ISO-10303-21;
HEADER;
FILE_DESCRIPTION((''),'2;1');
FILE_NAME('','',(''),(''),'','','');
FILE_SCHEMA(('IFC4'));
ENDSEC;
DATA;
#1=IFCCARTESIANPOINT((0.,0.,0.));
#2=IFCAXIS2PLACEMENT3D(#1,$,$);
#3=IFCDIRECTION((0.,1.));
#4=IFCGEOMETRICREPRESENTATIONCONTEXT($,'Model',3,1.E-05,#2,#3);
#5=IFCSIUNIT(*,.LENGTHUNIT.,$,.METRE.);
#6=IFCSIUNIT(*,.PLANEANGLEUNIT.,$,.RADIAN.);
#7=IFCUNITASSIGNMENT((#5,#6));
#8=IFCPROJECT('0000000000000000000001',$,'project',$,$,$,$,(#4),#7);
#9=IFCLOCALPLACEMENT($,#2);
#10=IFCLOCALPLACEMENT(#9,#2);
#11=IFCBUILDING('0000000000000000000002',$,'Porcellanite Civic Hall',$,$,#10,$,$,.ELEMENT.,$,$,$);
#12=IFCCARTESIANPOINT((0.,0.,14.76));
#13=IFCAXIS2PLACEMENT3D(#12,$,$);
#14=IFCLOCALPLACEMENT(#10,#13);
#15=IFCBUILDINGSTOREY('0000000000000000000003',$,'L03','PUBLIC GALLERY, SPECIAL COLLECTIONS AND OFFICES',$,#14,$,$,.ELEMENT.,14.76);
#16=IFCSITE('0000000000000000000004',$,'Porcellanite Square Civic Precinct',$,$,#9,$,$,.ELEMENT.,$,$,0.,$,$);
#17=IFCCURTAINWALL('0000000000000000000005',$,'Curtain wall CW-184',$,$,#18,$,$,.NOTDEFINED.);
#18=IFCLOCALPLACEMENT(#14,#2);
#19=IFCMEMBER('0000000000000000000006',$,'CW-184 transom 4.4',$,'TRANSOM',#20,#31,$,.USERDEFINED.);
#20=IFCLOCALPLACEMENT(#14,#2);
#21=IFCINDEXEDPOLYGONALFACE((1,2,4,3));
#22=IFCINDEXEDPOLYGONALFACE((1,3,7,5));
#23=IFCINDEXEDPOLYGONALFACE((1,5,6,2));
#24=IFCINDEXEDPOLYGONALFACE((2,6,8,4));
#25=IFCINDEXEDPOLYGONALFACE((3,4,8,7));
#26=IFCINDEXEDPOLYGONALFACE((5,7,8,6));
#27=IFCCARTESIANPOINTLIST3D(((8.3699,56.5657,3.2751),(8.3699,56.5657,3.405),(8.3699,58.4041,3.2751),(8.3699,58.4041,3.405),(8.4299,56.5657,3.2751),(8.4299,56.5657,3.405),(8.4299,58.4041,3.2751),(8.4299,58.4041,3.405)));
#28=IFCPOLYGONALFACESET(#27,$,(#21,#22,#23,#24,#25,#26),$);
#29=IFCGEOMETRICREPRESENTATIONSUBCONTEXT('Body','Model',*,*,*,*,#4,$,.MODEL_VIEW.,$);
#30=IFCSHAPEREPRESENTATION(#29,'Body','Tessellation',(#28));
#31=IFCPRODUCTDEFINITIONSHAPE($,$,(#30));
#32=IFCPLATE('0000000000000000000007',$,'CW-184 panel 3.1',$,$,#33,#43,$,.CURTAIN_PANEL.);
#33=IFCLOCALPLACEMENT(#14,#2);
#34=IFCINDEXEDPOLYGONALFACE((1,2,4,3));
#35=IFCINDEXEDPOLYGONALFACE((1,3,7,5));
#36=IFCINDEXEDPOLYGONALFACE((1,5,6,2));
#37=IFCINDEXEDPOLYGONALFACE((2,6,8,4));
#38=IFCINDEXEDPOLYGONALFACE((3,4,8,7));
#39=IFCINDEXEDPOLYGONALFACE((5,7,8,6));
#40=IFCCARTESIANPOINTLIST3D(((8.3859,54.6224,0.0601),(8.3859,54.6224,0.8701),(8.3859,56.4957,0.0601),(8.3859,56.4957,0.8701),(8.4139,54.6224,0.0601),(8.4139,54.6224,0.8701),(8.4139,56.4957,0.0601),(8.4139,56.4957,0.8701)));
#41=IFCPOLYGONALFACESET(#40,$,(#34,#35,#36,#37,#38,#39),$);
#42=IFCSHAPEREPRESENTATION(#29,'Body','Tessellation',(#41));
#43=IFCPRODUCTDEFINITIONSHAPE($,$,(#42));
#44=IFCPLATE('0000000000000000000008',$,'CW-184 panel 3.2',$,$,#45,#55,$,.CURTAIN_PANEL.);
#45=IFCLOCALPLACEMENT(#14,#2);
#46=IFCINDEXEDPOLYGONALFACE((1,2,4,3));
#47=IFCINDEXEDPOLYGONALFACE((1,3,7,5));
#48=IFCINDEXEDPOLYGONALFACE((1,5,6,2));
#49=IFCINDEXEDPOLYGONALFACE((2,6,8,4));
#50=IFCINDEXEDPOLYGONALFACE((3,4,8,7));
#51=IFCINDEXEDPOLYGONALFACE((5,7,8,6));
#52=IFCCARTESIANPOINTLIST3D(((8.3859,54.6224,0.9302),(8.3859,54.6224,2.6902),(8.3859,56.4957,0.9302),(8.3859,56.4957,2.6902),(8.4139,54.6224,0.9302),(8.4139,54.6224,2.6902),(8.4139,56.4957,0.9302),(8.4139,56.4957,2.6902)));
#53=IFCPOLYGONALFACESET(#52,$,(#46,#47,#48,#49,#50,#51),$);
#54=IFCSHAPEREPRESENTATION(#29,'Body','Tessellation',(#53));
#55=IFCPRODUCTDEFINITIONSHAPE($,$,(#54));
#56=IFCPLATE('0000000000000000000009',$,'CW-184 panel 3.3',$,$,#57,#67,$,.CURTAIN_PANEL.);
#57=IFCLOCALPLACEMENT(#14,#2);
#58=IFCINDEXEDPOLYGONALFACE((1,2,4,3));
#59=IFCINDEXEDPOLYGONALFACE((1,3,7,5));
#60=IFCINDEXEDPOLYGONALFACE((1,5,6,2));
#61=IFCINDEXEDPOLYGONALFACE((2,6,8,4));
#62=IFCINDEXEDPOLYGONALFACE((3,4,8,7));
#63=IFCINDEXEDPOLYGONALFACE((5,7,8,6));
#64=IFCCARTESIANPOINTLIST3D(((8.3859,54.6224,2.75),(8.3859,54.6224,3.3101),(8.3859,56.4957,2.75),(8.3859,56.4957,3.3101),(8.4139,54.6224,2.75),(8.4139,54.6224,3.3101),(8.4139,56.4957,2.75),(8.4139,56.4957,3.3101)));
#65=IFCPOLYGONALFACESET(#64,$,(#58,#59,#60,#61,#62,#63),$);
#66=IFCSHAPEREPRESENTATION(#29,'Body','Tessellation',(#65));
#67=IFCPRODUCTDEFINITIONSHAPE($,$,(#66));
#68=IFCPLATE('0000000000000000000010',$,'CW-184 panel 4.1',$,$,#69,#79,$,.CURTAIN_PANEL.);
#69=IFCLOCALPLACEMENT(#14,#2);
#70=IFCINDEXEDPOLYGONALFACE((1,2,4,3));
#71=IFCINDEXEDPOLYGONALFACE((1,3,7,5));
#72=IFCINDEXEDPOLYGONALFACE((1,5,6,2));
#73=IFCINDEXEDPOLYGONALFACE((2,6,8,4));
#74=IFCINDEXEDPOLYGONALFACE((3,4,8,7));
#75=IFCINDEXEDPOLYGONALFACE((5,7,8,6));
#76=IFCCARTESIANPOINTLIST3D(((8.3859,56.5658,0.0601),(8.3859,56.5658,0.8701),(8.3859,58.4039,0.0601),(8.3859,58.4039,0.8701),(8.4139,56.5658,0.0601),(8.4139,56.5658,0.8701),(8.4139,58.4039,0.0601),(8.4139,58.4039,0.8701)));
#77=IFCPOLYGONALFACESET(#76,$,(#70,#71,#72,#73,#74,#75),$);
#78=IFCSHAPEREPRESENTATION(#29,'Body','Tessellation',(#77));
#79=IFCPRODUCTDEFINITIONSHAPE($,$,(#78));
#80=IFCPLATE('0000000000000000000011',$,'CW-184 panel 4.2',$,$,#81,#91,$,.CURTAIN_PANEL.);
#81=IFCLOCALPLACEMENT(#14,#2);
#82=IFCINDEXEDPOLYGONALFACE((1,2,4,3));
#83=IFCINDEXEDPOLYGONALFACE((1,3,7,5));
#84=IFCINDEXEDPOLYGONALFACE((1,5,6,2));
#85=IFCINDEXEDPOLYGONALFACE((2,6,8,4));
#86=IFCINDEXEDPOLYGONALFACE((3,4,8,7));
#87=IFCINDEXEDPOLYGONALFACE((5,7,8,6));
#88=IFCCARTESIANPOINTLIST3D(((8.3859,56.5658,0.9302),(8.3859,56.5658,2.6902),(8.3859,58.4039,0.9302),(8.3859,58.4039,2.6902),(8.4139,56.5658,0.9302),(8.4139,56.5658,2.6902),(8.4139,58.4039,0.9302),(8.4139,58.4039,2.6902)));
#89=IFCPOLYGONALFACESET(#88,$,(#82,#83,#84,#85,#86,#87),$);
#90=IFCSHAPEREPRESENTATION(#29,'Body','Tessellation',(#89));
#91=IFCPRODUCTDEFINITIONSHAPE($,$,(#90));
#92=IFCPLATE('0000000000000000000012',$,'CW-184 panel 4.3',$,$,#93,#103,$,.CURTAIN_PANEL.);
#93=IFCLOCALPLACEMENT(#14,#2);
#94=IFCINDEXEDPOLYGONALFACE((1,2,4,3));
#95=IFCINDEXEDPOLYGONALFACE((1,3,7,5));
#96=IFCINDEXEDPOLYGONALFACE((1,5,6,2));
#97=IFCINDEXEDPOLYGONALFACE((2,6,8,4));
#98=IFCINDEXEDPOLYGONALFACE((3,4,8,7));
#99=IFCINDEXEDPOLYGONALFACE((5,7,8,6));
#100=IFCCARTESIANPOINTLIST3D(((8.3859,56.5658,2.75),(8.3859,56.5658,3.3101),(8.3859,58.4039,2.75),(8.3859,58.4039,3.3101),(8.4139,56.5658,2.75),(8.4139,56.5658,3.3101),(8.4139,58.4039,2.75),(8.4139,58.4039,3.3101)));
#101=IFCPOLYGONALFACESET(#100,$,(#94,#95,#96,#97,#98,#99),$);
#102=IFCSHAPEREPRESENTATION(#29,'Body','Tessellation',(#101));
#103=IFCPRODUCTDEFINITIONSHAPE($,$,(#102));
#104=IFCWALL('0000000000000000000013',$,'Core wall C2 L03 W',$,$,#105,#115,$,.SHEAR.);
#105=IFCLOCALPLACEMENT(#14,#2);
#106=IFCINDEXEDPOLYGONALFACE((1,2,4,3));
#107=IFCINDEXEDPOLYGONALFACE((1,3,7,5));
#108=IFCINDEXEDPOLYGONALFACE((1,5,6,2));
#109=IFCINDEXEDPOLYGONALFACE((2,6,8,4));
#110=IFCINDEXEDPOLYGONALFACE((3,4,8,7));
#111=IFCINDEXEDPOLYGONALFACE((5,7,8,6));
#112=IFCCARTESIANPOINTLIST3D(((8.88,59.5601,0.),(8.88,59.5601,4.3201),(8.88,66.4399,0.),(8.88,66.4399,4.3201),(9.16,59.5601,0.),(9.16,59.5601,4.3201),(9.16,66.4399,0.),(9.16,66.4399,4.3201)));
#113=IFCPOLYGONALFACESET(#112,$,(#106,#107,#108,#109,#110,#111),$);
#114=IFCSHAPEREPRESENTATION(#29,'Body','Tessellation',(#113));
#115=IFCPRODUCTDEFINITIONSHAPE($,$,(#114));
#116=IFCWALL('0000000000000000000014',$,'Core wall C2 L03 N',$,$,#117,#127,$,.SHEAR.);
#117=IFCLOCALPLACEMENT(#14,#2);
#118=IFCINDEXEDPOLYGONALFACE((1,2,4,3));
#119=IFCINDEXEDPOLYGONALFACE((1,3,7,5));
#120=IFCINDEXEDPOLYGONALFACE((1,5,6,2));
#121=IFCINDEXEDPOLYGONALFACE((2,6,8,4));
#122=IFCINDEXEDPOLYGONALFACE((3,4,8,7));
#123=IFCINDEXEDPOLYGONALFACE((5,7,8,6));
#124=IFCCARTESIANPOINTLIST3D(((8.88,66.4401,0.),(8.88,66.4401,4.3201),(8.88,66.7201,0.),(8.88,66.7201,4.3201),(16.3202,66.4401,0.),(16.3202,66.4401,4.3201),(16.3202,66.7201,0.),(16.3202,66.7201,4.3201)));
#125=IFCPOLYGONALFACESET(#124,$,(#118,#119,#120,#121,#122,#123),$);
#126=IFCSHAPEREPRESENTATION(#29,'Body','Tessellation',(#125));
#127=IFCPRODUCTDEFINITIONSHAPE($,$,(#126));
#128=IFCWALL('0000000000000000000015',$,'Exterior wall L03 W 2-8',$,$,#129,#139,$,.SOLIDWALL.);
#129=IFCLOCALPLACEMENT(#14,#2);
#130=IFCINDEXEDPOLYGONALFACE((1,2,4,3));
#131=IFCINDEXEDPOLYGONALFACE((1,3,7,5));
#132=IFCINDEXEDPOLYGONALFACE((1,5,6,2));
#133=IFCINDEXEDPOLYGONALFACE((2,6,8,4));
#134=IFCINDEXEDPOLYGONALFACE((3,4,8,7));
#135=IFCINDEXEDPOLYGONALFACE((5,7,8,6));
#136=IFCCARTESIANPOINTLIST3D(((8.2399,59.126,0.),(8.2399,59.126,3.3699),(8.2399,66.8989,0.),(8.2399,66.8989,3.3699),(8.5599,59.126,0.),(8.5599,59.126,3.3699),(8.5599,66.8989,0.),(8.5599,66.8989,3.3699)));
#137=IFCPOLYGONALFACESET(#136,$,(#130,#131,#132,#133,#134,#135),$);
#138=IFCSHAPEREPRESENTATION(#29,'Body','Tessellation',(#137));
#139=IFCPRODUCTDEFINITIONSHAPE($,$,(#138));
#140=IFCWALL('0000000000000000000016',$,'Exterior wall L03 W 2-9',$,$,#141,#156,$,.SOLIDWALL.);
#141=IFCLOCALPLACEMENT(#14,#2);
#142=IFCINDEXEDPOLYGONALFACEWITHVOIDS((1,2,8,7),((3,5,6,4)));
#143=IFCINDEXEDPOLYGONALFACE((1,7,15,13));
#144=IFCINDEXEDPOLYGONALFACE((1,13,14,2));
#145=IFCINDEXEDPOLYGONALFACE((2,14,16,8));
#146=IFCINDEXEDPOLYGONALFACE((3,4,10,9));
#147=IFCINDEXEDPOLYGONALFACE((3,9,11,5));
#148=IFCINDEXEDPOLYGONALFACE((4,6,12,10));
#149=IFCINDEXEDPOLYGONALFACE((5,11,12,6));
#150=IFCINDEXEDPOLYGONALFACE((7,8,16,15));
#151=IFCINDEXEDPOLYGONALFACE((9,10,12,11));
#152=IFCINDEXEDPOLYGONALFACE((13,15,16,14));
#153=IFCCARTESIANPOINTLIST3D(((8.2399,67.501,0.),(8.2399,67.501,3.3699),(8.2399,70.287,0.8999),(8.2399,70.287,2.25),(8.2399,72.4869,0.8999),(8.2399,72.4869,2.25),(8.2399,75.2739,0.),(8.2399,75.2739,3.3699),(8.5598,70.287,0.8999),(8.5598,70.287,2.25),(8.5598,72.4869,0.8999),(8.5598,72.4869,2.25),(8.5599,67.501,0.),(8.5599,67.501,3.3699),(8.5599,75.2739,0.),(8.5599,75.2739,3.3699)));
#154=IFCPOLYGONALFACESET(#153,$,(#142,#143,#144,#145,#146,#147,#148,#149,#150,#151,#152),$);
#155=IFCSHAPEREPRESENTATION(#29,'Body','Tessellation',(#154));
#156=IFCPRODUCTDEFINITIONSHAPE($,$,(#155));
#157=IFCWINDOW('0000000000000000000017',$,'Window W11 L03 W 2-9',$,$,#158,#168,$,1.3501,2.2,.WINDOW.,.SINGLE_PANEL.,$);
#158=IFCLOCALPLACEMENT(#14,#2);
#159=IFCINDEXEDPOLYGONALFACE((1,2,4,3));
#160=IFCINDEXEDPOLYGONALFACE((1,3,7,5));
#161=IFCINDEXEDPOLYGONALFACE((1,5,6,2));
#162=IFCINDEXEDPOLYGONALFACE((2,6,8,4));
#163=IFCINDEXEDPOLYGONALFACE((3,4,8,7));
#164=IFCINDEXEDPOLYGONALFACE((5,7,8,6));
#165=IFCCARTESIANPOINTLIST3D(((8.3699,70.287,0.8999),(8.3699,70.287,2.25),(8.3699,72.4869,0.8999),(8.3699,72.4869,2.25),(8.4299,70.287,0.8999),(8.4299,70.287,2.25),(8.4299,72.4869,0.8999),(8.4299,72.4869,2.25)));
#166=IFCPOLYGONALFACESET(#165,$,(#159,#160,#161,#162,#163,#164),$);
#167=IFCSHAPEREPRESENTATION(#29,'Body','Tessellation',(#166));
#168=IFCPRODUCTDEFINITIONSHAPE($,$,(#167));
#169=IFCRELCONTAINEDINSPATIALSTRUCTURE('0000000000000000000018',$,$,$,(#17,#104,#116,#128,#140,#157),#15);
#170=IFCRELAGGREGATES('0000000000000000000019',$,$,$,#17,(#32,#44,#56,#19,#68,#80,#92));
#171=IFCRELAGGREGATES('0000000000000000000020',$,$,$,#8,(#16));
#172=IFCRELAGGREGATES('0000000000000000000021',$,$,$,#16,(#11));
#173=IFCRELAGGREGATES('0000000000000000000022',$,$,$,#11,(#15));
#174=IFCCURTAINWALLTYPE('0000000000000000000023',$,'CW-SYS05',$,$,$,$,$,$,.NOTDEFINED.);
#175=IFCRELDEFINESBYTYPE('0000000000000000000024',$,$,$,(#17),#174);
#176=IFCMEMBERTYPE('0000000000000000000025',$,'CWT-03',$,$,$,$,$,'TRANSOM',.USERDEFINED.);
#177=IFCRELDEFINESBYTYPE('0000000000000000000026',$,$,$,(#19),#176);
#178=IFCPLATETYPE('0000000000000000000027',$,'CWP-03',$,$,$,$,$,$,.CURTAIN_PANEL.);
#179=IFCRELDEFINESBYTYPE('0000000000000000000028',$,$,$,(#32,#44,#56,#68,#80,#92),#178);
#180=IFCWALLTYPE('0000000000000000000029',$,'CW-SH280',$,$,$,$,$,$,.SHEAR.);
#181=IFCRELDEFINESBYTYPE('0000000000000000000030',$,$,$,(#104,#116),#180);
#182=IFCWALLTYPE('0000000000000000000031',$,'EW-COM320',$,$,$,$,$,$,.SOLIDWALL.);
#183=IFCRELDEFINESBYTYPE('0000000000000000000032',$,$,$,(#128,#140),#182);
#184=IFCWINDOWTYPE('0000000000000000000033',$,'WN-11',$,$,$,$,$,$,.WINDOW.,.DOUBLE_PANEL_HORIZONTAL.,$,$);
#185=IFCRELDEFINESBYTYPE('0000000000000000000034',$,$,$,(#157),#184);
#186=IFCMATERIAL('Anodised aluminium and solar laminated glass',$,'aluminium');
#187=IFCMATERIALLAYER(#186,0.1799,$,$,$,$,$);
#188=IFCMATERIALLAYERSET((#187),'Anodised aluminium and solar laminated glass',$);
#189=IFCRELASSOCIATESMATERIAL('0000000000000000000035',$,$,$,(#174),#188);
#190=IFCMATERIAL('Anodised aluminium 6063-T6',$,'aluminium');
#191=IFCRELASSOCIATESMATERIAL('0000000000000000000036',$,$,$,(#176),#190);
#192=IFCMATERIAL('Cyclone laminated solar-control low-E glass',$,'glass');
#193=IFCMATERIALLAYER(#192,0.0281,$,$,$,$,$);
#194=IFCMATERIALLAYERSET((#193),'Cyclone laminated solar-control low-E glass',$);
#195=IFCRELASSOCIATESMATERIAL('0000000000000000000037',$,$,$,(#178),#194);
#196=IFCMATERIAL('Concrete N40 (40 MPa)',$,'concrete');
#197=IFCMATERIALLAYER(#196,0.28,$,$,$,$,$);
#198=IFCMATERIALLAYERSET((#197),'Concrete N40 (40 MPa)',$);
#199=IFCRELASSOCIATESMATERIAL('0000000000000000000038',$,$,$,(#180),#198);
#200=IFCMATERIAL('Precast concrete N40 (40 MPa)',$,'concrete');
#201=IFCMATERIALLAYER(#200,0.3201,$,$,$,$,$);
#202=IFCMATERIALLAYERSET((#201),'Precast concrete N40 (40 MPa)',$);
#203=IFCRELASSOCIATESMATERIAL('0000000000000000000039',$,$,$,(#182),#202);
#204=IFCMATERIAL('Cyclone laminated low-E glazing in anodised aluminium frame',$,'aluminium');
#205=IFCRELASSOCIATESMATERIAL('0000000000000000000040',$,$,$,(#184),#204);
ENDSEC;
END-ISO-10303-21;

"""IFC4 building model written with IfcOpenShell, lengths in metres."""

from ifc_helpers import new_model, si_unit, direction, frame, frame_2d, origin, origin_2d, place, context, subcontext, project, spatial, rectangle, extrude, material, layer, layer_set, material_profile, profile_set, type_object, element, fill, aggregate, save


model = new_model("IFC4")

# Units and contexts
model_context = context("Model", 3, precision=1e-05, world=origin(), true_north=direction((0.0, 1.0)))
body_context = subcontext(model_context, "Body", "Model", "MODEL_VIEW")
ifc_project = project(units=[si_unit("LENGTHUNIT", "METRE"), si_unit("PLANEANGLEUNIT", "RADIAN")], contexts=[model_context])

# Site, building, storey
site_placement = place(None, origin())
site = spatial("IfcSite", under=ifc_project, at=site_placement, Name="Porcellanite Square Civic Precinct", CompositionType="ELEMENT", RefElevation=0.0)
building_placement = place(site_placement, origin())
building = spatial("IfcBuilding", under=site, at=building_placement, Name="Porcellanite Civic Hall", CompositionType="ELEMENT")
storey_placement = place(building_placement, frame((0.0, 0.0, 14.76)))
storey = spatial("IfcBuildingStorey", under=building, at=storey_placement, Name="L03", Description="PUBLIC GALLERY, SPECIAL COLLECTIONS AND OFFICES", CompositionType="ELEMENT", Elevation=14.76)

# Curtain wall, member, plates
ifc_material_1 = material(Name="Anodised aluminium and solar laminated glass", Category="aluminium")
ifc_layer_1 = layer(ifc_material_1, 0.1799)
ifc_layer_set_1 = layer_set([ifc_layer_1], Name="Anodised aluminium and solar laminated glass")
curtain_wall_type = type_object("IfcCurtainWallType", Name="CW-SYS05", PredefinedType="NOTDEFINED", material=ifc_layer_set_1)
curtain_wall_placement = place(storey_placement, origin())
curtain_wall = element("IfcCurtainWall", 1, at=curtain_wall_placement, inside=storey, type_object=curtain_wall_type, Name="Curtain wall CW-184", PredefinedType="NOTDEFINED")
ifc_material_2 = material(Name="Anodised aluminium 6063-T6", Category="aluminium")
ifc_material_profile_1 = material_profile(ifc_material_2, rectangle(XDim=0.0601, YDim=0.1299, at=origin_2d()), Name="AL-60x130")
ifc_profile_set_1 = profile_set([ifc_material_profile_1], Name="Anodised aluminium 6063-T6")
member_type_1 = type_object("IfcMemberType", Name="CWT-03", ElementType="TRANSOM", PredefinedType="USERDEFINED", material=ifc_profile_set_1)
member_1_placement = place(storey_placement, frame((8.3999, 56.5657, 3.3401), z_axis=(0.0, 1.0, 0.0), x_axis=(-1.0, 0.0, 0.0)))
member_1 = element("IfcMember", 2, at=member_1_placement, type_object=member_type_1, Name="CW-184 transom 4.4", ObjectType="TRANSOM", PredefinedType="USERDEFINED", context=body_context, shape_type="SweptSolid", body=[
    extrude(rectangle(XDim=0.0601, YDim=0.1299, at=origin_2d()), origin(), (0.0, 0.0, 1.0), 1.8384),
])
ifc_material_3 = material(Name="Cyclone laminated solar-control low-E glass", Category="glass")
ifc_layer_2 = layer(ifc_material_3, 0.0281)
ifc_layer_set_2 = layer_set([ifc_layer_2], Name="Cyclone laminated solar-control low-E glass")
plate_type = type_object("IfcPlateType", Name="CWP-03", PredefinedType="CURTAIN_PANEL", material=ifc_layer_set_2)
plate_1_placement = place(storey_placement, frame((8.3999, 55.5591, 0.0601), z_axis=(0.0, 0.0, 1.0), x_axis=(0.0, 1.0, 0.0)))
plate_1 = element("IfcPlate", 3, at=plate_1_placement, type_object=plate_type, Name="CW-184 panel 3.1", PredefinedType="CURTAIN_PANEL", context=body_context, shape_type="SweptSolid", body=[
    extrude(rectangle(XDim=1.8733, YDim=0.0281, at=origin_2d()), origin(), (0.0, 0.0, 1.0), 0.8101),
])
plate_2_placement = place(storey_placement, frame((8.3999, 55.5591, 0.9302), z_axis=(0.0, 0.0, 1.0), x_axis=(0.0, 1.0, 0.0)))
plate_2 = element("IfcPlate", 4, at=plate_2_placement, type_object=plate_type, Name="CW-184 panel 3.2", PredefinedType="CURTAIN_PANEL", context=body_context, shape_type="SweptSolid", body=[
    extrude(rectangle(XDim=1.8733, YDim=0.0281, at=origin_2d()), origin(), (0.0, 0.0, 1.0), 1.76),
])
plate_3_placement = place(storey_placement, frame((8.3999, 55.5591, 2.75), z_axis=(0.0, 0.0, 1.0), x_axis=(0.0, 1.0, 0.0)))
plate_3 = element("IfcPlate", 5, at=plate_3_placement, type_object=plate_type, Name="CW-184 panel 3.3", PredefinedType="CURTAIN_PANEL", context=body_context, shape_type="SweptSolid", body=[
    extrude(rectangle(XDim=1.8733, YDim=0.0281, at=origin_2d()), origin(), (0.0, 0.0, 1.0), 0.5601),
])
plate_4_placement = place(storey_placement, frame((8.3999, 57.4849, 0.0601), z_axis=(0.0, 0.0, 1.0), x_axis=(0.0, 1.0, 0.0)))
plate_4 = element("IfcPlate", 6, at=plate_4_placement, type_object=plate_type, Name="CW-184 panel 4.1", PredefinedType="CURTAIN_PANEL", context=body_context, shape_type="SweptSolid", body=[
    extrude(rectangle(XDim=1.8381, YDim=0.0281, at=origin_2d()), origin(), (0.0, 0.0, 1.0), 0.8101),
])
plate_5_placement = place(storey_placement, frame((8.3999, 57.4849, 0.9302), z_axis=(0.0, 0.0, 1.0), x_axis=(0.0, 1.0, 0.0)))
plate_5 = element("IfcPlate", 7, at=plate_5_placement, type_object=plate_type, Name="CW-184 panel 4.2", PredefinedType="CURTAIN_PANEL", context=body_context, shape_type="SweptSolid", body=[
    extrude(rectangle(XDim=1.8381, YDim=0.0281, at=origin_2d()), origin(), (0.0, 0.0, 1.0), 1.76),
])
plate_6_placement = place(storey_placement, frame((8.3999, 57.4849, 2.75), z_axis=(0.0, 0.0, 1.0), x_axis=(0.0, 1.0, 0.0)))
plate_6 = element("IfcPlate", 8, at=plate_6_placement, type_object=plate_type, Name="CW-184 panel 4.3", PredefinedType="CURTAIN_PANEL", context=body_context, shape_type="SweptSolid", body=[
    extrude(rectangle(XDim=1.8381, YDim=0.0281, at=origin_2d()), origin(), (0.0, 0.0, 1.0), 0.5601),
])
aggregate(curtain_wall, [plate_1, plate_2, plate_3, member_1, plate_4, plate_5, plate_6])

# Walls
ifc_material_4 = material(Name="Concrete N40 (40 MPa)", Category="concrete")
ifc_layer_3 = layer(ifc_material_4, 0.28)
ifc_layer_set_3 = layer_set([ifc_layer_3], Name="Concrete N40 (40 MPa)")
wall_type_1 = type_object("IfcWallType", Name="CW-SH280", PredefinedType="SHEAR", material=ifc_layer_set_3)
wall_1_placement = place(storey_placement, frame((9.02, 59.5601, 0.0), z_axis=(0.0, 0.0, 1.0), x_axis=(0.0, 1.0, 0.0)))
element("IfcWall", 9, at=wall_1_placement, inside=storey, type_object=wall_type_1, Name="Core wall C2 L03 W", PredefinedType="SHEAR", context=body_context, shape_type="SweptSolid", body=[
    extrude(rectangle(XDim=6.8799, YDim=0.28, at=frame_2d((3.4399, 0.0))), origin(), (0.0, 0.0, 1.0), 4.3201),
])
wall_2_placement = place(storey_placement, frame((8.8799, 66.5801, 0.0), z_axis=(0.0, 0.0, 1.0), x_axis=(1.0, 0.0, 0.0)))
element("IfcWall", 10, at=wall_2_placement, inside=storey, type_object=wall_type_1, Name="Core wall C2 L03 N", PredefinedType="SHEAR", context=body_context, shape_type="SweptSolid", body=[
    extrude(rectangle(XDim=7.4402, YDim=0.28, at=frame_2d((3.7202, 0.0))), origin(), (0.0, 0.0, 1.0), 4.3201),
])
ifc_material_5 = material(Name="Precast concrete N40 (40 MPa)", Category="concrete")
ifc_layer_4 = layer(ifc_material_5, 0.3201)
ifc_layer_set_4 = layer_set([ifc_layer_4], Name="Precast concrete N40 (40 MPa)")
wall_type_2 = type_object("IfcWallType", Name="EW-COM320", PredefinedType="SOLIDWALL", material=ifc_layer_set_4)
wall_3_placement = place(storey_placement, frame((8.3999, 59.126, 0.0), z_axis=(0.0, 0.0, 1.0), x_axis=(0.0, 1.0, 0.0)))
element("IfcWall", 11, at=wall_3_placement, inside=storey, type_object=wall_type_2, Name="Exterior wall L03 W 2-8", PredefinedType="SOLIDWALL", context=body_context, shape_type="SweptSolid", body=[
    extrude(rectangle(XDim=7.7729, YDim=0.3201, at=frame_2d((3.8865, 0.0))), origin(), (0.0, 0.0, 1.0), 3.3699),
])

# Wall, opening, window
wall_4_placement = place(storey_placement, frame((8.3999, 67.501, 0.0), z_axis=(0.0, 0.0, 1.0), x_axis=(0.0, 1.0, 0.0)))
wall_4 = element("IfcWall", 12, at=wall_4_placement, inside=storey, type_object=wall_type_2, Name="Exterior wall L03 W 2-9", PredefinedType="SOLIDWALL", context=body_context, shape_type="SweptSolid", body=[
    extrude(rectangle(XDim=7.7729, YDim=0.3201, at=frame_2d((3.8865, 0.0))), origin(), (0.0, 0.0, 1.0), 3.3699),
])
opening_placement = place(wall_4_placement, frame((2.7859, 0.0, 0.8999)))
opening = element("IfcOpeningElement", 13, at=opening_placement, cuts=wall_4, PredefinedType="OPENING", context=body_context, shape_type="SweptSolid", body=[
    extrude(rectangle(XDim=2.2, YDim=1.3501, at=frame_2d((1.1001, 0.675))), frame((0.0, 0.1602, 0.0), z_axis=(0.0, -1.0, 0.0), x_axis=(1.0, 0.0, 0.0)), (0.0, 0.0, 1.0), 0.3201),
])
ifc_material_6 = material(Name="Cyclone laminated low-E glazing in anodised aluminium frame", Category="aluminium")
window_type = type_object("IfcWindowType", Name="WN-11", PartitioningType="DOUBLE_PANEL_HORIZONTAL", PredefinedType="WINDOW", material=ifc_material_6)
window_placement = place(opening_placement, origin())
window = element("IfcWindow", 14, at=window_placement, inside=storey, type_object=window_type, Name="Window W11 L03 W 2-9", OverallHeight=1.3501, OverallWidth=2.2, PartitioningType="SINGLE_PANEL", PredefinedType="WINDOW", context=body_context, shape_type="SweptSolid", body=[
    extrude(rectangle(XDim=2.2, YDim=1.3501, at=frame_2d((1.1001, 0.675))), frame((0.0, 0.03, 0.0), z_axis=(0.0, -1.0, 0.0), x_axis=(1.0, 0.0, 0.0)), (0.0, 0.0, 1.0), 0.0601),
])
fill(opening, window)

save(model, "model.ifc")
